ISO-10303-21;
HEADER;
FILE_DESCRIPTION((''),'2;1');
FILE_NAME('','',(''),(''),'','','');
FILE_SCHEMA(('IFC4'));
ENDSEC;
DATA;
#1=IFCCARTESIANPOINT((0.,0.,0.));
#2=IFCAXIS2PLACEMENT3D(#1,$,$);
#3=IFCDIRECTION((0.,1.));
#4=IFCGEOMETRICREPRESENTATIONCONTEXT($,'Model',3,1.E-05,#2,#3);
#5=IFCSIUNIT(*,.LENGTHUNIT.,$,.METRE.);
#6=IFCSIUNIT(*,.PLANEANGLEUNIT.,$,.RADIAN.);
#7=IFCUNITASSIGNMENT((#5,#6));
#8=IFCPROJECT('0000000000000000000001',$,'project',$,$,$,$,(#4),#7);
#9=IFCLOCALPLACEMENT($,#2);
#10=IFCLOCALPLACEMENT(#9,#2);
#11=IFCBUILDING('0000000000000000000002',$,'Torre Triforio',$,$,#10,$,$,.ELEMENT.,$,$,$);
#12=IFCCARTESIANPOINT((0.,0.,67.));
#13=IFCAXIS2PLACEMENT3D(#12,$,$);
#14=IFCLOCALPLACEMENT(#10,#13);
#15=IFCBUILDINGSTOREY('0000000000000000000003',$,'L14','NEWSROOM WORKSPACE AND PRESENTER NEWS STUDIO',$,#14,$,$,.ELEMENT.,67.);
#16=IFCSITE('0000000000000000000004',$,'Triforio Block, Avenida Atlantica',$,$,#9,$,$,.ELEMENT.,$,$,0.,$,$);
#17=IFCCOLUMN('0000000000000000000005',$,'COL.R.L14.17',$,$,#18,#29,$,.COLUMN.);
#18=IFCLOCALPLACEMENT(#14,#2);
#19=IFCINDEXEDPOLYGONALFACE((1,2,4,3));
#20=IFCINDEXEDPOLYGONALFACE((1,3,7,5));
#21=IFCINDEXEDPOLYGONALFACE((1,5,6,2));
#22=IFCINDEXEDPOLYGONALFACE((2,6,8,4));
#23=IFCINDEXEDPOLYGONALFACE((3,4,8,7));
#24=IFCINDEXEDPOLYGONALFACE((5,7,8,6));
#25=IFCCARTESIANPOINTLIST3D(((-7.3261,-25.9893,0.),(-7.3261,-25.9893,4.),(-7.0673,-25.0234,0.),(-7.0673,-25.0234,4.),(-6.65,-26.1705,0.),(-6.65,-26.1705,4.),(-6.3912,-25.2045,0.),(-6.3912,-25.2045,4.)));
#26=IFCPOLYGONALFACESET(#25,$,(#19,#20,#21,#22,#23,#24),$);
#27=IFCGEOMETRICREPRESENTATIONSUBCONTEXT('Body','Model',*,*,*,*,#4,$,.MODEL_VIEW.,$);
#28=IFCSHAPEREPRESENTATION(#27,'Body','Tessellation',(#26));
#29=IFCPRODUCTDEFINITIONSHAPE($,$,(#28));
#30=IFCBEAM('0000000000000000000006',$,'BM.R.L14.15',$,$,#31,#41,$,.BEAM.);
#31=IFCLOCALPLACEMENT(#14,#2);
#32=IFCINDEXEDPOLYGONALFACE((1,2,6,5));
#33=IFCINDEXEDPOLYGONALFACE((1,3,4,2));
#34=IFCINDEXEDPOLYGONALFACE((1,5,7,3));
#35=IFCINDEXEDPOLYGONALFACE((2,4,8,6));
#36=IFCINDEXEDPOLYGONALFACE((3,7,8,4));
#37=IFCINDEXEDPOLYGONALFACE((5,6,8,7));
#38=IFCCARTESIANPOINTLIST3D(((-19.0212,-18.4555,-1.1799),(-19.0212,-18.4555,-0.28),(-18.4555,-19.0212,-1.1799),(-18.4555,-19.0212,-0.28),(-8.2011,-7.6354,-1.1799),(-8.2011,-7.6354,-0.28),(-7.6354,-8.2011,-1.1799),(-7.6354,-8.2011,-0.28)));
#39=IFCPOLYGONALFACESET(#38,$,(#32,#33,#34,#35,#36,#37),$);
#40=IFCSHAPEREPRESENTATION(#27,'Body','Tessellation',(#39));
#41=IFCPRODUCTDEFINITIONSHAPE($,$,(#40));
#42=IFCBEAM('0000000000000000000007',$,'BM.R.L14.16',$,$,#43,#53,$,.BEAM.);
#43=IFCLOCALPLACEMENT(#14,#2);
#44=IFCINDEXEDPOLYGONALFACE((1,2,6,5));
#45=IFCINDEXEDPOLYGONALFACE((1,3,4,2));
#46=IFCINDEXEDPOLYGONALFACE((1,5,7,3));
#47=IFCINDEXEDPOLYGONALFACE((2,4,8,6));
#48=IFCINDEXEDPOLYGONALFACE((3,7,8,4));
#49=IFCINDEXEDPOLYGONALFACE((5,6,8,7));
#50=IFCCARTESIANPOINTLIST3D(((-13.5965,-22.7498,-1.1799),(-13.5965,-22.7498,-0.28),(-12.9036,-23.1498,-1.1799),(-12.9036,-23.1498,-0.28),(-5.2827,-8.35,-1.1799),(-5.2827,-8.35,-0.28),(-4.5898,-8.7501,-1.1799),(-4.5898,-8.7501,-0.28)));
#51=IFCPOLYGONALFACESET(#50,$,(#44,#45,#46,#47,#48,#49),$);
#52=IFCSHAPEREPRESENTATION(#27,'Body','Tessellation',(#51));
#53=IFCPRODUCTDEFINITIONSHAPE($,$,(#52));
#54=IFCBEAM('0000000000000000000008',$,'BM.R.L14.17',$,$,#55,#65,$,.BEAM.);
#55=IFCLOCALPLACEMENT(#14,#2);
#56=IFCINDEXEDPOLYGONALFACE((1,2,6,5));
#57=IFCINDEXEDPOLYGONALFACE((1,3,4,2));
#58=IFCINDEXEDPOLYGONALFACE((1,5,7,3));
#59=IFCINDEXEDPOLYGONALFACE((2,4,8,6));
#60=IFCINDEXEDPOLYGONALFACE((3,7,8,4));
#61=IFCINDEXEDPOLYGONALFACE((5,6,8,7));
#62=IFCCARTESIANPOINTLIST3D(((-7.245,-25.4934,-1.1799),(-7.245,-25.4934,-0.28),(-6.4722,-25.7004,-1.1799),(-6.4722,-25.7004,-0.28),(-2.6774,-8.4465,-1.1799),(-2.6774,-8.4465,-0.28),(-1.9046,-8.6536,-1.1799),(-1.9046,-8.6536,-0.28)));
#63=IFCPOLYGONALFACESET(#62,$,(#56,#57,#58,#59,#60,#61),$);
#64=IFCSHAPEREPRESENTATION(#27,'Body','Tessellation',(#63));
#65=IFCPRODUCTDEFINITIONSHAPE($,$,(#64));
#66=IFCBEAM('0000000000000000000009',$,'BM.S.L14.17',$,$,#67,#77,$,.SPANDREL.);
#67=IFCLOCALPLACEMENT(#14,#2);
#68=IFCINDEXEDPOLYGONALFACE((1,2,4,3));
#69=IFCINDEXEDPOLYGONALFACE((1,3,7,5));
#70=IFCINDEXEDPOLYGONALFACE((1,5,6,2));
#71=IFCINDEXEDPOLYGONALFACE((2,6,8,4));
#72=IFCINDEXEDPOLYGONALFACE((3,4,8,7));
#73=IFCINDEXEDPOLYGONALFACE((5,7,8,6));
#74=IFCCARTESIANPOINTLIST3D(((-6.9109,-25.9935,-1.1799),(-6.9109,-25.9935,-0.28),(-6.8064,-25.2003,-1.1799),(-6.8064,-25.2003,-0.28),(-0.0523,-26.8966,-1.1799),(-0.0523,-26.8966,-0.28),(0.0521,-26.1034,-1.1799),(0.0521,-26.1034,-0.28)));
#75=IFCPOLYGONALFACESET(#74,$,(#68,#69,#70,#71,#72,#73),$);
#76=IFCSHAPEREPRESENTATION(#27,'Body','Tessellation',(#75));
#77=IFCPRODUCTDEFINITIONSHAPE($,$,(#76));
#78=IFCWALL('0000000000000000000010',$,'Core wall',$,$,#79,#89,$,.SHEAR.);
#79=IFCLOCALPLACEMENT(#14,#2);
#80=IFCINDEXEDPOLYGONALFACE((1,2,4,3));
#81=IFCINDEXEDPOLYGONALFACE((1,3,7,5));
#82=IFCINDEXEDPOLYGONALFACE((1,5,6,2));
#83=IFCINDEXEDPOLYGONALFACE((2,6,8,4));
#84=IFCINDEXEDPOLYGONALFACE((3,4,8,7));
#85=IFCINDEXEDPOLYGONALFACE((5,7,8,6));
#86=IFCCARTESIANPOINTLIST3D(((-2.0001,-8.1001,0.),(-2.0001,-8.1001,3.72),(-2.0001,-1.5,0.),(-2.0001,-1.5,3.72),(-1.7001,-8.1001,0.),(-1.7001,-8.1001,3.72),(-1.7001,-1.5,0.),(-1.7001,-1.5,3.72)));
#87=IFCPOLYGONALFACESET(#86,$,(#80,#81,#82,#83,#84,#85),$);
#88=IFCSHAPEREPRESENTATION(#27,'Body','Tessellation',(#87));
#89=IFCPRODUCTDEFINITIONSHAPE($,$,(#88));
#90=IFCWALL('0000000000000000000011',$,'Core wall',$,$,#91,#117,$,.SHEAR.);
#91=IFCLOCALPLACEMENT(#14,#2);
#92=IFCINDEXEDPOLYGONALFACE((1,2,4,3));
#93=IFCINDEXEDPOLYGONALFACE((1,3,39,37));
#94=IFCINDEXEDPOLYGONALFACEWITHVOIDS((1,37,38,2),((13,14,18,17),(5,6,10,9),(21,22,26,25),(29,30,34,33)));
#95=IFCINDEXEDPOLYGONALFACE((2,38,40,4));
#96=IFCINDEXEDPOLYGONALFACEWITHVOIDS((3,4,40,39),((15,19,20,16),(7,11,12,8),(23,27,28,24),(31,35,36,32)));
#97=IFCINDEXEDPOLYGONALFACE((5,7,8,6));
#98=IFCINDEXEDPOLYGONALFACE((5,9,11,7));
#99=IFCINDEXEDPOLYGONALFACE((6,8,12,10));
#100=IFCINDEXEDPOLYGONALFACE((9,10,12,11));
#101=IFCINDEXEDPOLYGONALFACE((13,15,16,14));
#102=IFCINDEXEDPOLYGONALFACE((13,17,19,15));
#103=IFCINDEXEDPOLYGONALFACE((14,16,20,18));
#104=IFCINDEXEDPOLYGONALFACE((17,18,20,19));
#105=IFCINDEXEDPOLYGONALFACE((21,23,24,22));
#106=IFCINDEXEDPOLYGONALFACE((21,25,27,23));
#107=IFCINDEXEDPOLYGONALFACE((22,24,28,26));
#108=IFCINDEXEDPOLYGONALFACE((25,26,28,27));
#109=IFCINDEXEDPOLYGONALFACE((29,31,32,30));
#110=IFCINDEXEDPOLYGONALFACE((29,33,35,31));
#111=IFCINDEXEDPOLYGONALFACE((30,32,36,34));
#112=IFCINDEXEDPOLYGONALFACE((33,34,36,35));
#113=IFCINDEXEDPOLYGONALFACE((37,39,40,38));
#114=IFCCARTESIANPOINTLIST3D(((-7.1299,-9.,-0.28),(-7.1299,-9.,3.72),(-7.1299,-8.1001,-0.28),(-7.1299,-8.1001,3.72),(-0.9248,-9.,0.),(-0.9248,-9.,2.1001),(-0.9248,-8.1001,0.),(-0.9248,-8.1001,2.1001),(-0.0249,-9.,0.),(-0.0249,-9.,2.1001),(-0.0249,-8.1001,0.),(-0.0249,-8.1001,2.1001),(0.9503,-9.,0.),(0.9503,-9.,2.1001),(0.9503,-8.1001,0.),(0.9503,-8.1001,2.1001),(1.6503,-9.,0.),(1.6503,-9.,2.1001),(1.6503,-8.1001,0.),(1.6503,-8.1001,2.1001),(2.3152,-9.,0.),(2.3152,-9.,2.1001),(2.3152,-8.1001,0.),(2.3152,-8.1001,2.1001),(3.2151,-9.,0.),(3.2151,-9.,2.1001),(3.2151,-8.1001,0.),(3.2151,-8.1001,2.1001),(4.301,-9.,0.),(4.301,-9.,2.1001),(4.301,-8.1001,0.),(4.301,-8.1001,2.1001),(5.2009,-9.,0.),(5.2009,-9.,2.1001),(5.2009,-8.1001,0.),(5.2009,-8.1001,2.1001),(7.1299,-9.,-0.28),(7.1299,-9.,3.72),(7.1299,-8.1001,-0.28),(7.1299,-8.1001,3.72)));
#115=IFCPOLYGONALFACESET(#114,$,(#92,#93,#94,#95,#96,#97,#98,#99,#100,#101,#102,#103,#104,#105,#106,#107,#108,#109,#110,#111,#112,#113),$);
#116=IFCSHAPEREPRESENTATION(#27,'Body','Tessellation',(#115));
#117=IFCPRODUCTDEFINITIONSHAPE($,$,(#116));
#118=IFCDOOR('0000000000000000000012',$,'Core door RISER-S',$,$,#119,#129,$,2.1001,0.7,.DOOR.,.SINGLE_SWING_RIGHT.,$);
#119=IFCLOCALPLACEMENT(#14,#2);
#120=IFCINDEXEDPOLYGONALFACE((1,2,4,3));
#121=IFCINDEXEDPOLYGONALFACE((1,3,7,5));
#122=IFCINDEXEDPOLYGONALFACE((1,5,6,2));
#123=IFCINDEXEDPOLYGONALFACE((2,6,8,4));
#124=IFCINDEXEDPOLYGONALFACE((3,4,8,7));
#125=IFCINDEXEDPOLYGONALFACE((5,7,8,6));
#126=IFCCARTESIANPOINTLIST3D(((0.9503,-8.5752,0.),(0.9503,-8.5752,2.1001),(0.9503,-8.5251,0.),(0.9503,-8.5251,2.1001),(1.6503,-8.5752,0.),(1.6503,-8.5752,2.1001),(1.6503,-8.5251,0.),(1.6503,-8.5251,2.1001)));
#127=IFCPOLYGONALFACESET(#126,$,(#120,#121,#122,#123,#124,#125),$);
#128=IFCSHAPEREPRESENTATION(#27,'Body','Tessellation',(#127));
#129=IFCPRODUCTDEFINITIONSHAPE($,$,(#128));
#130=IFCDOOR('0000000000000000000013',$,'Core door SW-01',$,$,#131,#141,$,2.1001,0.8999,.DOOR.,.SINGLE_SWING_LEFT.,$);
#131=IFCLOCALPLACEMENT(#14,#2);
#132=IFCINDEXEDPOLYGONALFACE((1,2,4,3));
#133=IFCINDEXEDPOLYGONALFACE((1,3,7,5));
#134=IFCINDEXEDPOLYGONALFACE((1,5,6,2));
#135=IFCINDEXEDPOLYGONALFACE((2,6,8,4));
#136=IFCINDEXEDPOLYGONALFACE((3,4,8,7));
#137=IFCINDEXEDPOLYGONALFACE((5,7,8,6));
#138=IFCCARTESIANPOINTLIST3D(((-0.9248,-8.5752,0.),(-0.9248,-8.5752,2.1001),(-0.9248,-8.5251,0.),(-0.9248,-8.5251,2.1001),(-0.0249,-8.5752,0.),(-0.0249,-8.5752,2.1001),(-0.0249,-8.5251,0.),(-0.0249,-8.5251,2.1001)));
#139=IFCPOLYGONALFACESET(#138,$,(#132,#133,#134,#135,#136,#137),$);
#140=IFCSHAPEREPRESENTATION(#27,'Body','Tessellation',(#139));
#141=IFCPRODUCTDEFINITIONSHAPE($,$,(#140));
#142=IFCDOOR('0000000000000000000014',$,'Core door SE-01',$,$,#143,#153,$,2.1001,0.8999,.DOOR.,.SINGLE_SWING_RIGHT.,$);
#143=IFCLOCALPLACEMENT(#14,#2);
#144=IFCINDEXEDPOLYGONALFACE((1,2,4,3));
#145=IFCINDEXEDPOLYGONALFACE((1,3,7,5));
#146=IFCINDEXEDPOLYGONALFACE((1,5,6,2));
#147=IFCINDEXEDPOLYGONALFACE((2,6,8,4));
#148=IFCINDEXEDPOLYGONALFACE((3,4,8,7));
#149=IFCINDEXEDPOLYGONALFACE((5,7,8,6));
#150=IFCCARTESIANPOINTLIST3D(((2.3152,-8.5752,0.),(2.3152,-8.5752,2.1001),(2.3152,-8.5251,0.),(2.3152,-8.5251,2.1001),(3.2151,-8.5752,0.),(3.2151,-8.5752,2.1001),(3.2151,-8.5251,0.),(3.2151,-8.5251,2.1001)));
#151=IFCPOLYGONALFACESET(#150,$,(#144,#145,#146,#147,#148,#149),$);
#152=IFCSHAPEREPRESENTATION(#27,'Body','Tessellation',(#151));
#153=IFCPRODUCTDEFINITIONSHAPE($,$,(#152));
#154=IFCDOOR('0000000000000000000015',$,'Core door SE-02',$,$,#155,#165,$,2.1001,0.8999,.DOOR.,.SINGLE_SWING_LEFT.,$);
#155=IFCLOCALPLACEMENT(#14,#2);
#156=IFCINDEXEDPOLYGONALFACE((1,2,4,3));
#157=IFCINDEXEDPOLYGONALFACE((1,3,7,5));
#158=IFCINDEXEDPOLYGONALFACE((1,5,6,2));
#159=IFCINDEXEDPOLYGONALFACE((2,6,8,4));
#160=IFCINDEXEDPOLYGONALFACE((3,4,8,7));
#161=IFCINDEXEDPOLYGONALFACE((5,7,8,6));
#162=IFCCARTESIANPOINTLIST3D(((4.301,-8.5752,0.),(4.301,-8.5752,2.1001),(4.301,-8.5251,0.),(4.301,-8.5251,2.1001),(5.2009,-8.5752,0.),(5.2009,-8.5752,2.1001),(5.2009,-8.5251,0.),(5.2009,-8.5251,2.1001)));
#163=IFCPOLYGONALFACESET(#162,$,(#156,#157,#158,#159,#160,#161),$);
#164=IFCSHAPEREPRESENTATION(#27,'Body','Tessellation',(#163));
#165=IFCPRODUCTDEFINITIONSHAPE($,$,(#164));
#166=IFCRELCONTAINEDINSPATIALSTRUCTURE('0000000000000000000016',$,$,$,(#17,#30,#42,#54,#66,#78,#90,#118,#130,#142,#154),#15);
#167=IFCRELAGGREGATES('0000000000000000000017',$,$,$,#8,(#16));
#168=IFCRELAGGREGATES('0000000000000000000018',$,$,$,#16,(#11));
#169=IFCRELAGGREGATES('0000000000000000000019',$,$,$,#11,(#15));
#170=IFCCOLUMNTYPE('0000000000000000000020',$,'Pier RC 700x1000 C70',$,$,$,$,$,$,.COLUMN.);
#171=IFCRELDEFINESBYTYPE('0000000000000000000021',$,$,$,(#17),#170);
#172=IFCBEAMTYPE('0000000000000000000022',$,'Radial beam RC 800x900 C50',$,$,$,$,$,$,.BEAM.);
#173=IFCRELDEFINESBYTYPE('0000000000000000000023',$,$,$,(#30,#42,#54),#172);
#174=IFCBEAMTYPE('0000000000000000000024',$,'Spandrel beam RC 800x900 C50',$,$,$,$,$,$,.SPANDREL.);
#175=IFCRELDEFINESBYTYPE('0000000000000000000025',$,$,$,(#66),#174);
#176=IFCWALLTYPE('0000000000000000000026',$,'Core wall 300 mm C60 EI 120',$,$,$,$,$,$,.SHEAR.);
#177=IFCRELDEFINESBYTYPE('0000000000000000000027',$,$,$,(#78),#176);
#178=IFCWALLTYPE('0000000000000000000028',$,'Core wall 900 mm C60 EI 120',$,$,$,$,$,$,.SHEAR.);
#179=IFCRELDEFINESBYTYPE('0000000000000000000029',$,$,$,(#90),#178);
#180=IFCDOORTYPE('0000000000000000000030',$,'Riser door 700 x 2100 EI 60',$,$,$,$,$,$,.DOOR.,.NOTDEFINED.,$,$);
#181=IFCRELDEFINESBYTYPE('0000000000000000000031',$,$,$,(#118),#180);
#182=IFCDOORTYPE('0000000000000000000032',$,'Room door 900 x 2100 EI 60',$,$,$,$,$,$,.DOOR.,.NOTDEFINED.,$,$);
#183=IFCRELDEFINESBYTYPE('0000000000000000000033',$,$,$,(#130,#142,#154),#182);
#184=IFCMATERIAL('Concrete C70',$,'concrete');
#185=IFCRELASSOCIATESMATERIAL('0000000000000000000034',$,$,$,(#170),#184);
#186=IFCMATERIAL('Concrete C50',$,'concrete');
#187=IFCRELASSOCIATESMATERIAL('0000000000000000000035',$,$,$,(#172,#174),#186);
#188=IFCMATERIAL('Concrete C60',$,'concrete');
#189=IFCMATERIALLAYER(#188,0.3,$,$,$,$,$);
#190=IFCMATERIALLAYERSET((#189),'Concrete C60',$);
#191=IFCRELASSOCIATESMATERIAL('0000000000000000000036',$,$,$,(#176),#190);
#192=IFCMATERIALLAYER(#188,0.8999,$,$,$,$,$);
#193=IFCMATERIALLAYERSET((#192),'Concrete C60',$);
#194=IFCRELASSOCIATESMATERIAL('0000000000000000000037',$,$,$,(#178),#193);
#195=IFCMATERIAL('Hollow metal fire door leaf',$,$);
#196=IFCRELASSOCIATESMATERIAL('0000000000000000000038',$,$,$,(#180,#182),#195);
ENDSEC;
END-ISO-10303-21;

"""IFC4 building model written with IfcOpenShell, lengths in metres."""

from ifc_helpers import new_model, si_unit, direction, frame, frame_2d, origin, origin_2d, place, context, subcontext, project, spatial, rectangle, extrude, material, layer, layer_set, material_profile, profile_set, type_object, element, fill, save


model = new_model("IFC4")

# Units and contexts
model_context = context("Model", 3, precision=1e-05, world=origin(), true_north=direction((0.0, 1.0)))
body_context = subcontext(model_context, "Body", "Model", "MODEL_VIEW")
ifc_project = project(units=[si_unit("LENGTHUNIT", "METRE"), si_unit("PLANEANGLEUNIT", "RADIAN")], contexts=[model_context])

# Site, building, storey
site_placement = place(None, origin())
site = spatial("IfcSite", under=ifc_project, at=site_placement, Name="Triforio Block, Avenida Atlantica", CompositionType="ELEMENT", RefElevation=0.0)
building_placement = place(site_placement, origin())
building = spatial("IfcBuilding", under=site, at=building_placement, Name="Torre Triforio", CompositionType="ELEMENT")
storey_placement = place(building_placement, frame((0.0, 0.0, 67.0)))
storey = spatial("IfcBuildingStorey", under=building, at=storey_placement, Name="L14", Description="NEWSROOM WORKSPACE AND PRESENTER NEWS STUDIO", CompositionType="ELEMENT", Elevation=67.0)

# Column
ifc_material_1 = material(Name="Concrete C70", Category="concrete")
ifc_material_profile_1 = material_profile(ifc_material_1, rectangle(XDim=0.7, YDim=1.0, at=origin_2d()), Name="RC 700x1000")
ifc_profile_set_1 = profile_set([ifc_material_profile_1], Name="Concrete C70")
column_type = type_object("IfcColumnType", Name="Pier RC 700x1000 C70", PredefinedType="COLUMN", material=ifc_profile_set_1)
column_placement = place(storey_placement, frame((-6.8586, -25.5969, 0.0), z_axis=(0.0, 0.0, 1.0), x_axis=(0.965926, -0.258819, 0.0)))
element("IfcColumn", 1, at=column_placement, inside=storey, type_object=column_type, Name="COL.R.L14.17", PredefinedType="COLUMN", context=body_context, shape_type="SweptSolid", body=[
    extrude(rectangle(XDim=0.7, YDim=1.0, at=origin_2d()), origin(), (0.0, 0.0, 1.0), 4.0),
])

# Beams
ifc_material_2 = material(Name="Concrete C50", Category="concrete")
ifc_material_profile_2 = material_profile(ifc_material_2, rectangle(XDim=0.8, YDim=0.8999, at=origin_2d()), Name="RC 800x900")
ifc_profile_set_2 = profile_set([ifc_material_profile_2], Name="Concrete C50")
beam_type_1 = type_object("IfcBeamType", Name="Radial beam RC 800x900 C50", PredefinedType="BEAM", material=ifc_profile_set_2)
beam_1_placement = place(storey_placement, frame((-7.9182, -7.9182, -0.73), z_axis=(-0.707107, -0.707107, 0.0), x_axis=(0.707107, -0.707107, 0.0)))
element("IfcBeam", 2, at=beam_1_placement, inside=storey, type_object=beam_type_1, Name="BM.R.L14.15", PredefinedType="BEAM", context=body_context, shape_type="SweptSolid", body=[
    extrude(rectangle(XDim=0.8, YDim=0.8999, at=origin_2d()), origin(), (0.0, 0.0, 1.0), 15.302),
])
beam_2_placement = place(storey_placement, frame((-4.9363, -8.55, -0.73), z_axis=(-0.500003, -0.866023, 0.0), x_axis=(0.866023, -0.500003, 0.0)))
element("IfcBeam", 3, at=beam_2_placement, inside=storey, type_object=beam_type_1, Name="BM.R.L14.16", PredefinedType="BEAM", context=body_context, shape_type="SweptSolid", body=[
    extrude(rectangle(XDim=0.8, YDim=0.8999, at=origin_2d()), origin(), (0.0, 0.0, 1.0), 16.6274),
])
beam_3_placement = place(storey_placement, frame((-2.291, -8.55, -0.73), z_axis=(-0.258815, -0.965927, 0.0), x_axis=(0.965927, -0.258815, 0.0)))
element("IfcBeam", 4, at=beam_3_placement, inside=storey, type_object=beam_type_1, Name="BM.R.L14.17", PredefinedType="BEAM", context=body_context, shape_type="SweptSolid", body=[
    extrude(rectangle(XDim=0.8, YDim=0.8999, at=origin_2d()), origin(), (0.0, 0.0, 1.0), 17.6482),
])
ifc_material_profile_3 = material_profile(ifc_material_2, rectangle(XDim=0.8, YDim=0.8999, at=origin_2d()), Name="RC 800x900")
ifc_profile_set_3 = profile_set([ifc_material_profile_3], Name="Concrete C50")
beam_type_2 = type_object("IfcBeamType", Name="Spandrel beam RC 800x900 C50", PredefinedType="SPANDREL", material=ifc_profile_set_3)
beam_4_placement = place(storey_placement, frame((-6.8586, -25.5969, -0.73), z_axis=(0.991443, -0.130543, 0.0), x_axis=(0.130543, 0.991443, 0.0)))
element("IfcBeam", 5, at=beam_4_placement, inside=storey, type_object=beam_type_2, Name="BM.S.L14.17", PredefinedType="SPANDREL", context=body_context, shape_type="SweptSolid", body=[
    extrude(rectangle(XDim=0.8, YDim=0.8999, at=origin_2d()), origin(), (0.0, 0.0, 1.0), 6.9177),
])

# Wall
ifc_material_3 = material(Name="Concrete C60", Category="concrete")
ifc_layer_1 = layer(ifc_material_3, 0.3)
ifc_layer_set_1 = layer_set([ifc_layer_1], Name="Concrete C60")
wall_type_1 = type_object("IfcWallType", Name="Core wall 300 mm C60 EI 120", PredefinedType="SHEAR", material=ifc_layer_set_1)
wall_1_placement = place(storey_placement, frame((-1.8501, -8.1001, 0.0), z_axis=(0.0, 0.0, 1.0), x_axis=(0.0, 1.0, 0.0)))
element("IfcWall", 6, at=wall_1_placement, inside=storey, type_object=wall_type_1, Name="Core wall", PredefinedType="SHEAR", context=body_context, shape_type="SweptSolid", body=[
    extrude(rectangle(XDim=6.6001, YDim=0.3, at=frame_2d((3.3, 0.0))), origin(), (0.0, 0.0, 1.0), 3.72),
])

# Wall, openings, doors
ifc_layer_2 = layer(ifc_material_3, 0.8999)
ifc_layer_set_2 = layer_set([ifc_layer_2], Name="Concrete C60")
wall_type_2 = type_object("IfcWallType", Name="Core wall 900 mm C60 EI 120", PredefinedType="SHEAR", material=ifc_layer_set_2)
wall_2_placement = place(storey_placement, frame((-7.1299, -8.55, -0.28), z_axis=(0.0, 0.0, 1.0), x_axis=(1.0, 0.0, 0.0)))
wall_2 = element("IfcWall", 7, at=wall_2_placement, inside=storey, type_object=wall_type_2, Name="Core wall", PredefinedType="SHEAR", context=body_context, shape_type="SweptSolid", body=[
    extrude(rectangle(XDim=14.2598, YDim=0.8999, at=frame_2d((7.1299, 0.0))), origin(), (0.0, 0.0, 1.0), 4.0),
])
opening_1_placement = place(wall_2_placement, frame((8.0801, 0.0, 0.28)))
opening_1 = element("IfcOpeningElement", 8, at=opening_1_placement, cuts=wall_2, PredefinedType="OPENING", context=body_context, shape_type="SweptSolid", body=[
    extrude(rectangle(XDim=0.7, YDim=2.1001, at=frame_2d((0.3501, 1.05))), frame((0.0, 0.46, 0.0), z_axis=(0.0, -1.0, 0.0), x_axis=(1.0, 0.0, 0.0)), (0.0, 0.0, 1.0), 0.9199),
])
opening_2_placement = place(wall_2_placement, frame((6.2051, 0.0, 0.28)))
opening_2 = element("IfcOpeningElement", 9, at=opening_2_placement, cuts=wall_2, PredefinedType="OPENING", context=body_context, shape_type="SweptSolid", body=[
    extrude(rectangle(XDim=0.8999, YDim=2.1001, at=frame_2d((0.45, 1.05))), frame((0.0, 0.46, 0.0), z_axis=(0.0, -1.0, 0.0), x_axis=(1.0, 0.0, 0.0)), (0.0, 0.0, 1.0), 0.9199),
])
opening_3_placement = place(wall_2_placement, frame((9.4451, 0.0, 0.28)))
opening_3 = element("IfcOpeningElement", 10, at=opening_3_placement, cuts=wall_2, PredefinedType="OPENING", context=body_context, shape_type="SweptSolid", body=[
    extrude(rectangle(XDim=0.8999, YDim=2.1001, at=frame_2d((0.45, 1.05))), frame((0.0, 0.46, 0.0), z_axis=(0.0, -1.0, 0.0), x_axis=(1.0, 0.0, 0.0)), (0.0, 0.0, 1.0), 0.9199),
])
opening_4_placement = place(wall_2_placement, frame((11.4309, 0.0, 0.28)))
opening_4 = element("IfcOpeningElement", 11, at=opening_4_placement, cuts=wall_2, PredefinedType="OPENING", context=body_context, shape_type="SweptSolid", body=[
    extrude(rectangle(XDim=0.8999, YDim=2.1001, at=frame_2d((0.45, 1.05))), frame((0.0, 0.46, 0.0), z_axis=(0.0, -1.0, 0.0), x_axis=(1.0, 0.0, 0.0)), (0.0, 0.0, 1.0), 0.9199),
])
ifc_material_4 = material(Name="Hollow metal fire door leaf")
door_type_1 = type_object("IfcDoorType", Name="Riser door 700 x 2100 EI 60", OperationType="NOTDEFINED", PredefinedType="DOOR", material=ifc_material_4)
door_1_placement = place(opening_1_placement, origin())
door_1 = element("IfcDoor", 12, at=door_1_placement, inside=storey, type_object=door_type_1, Name="Core door RISER-S", OperationType="SINGLE_SWING_RIGHT", OverallHeight=2.1001, OverallWidth=0.7, PredefinedType="DOOR", context=body_context, shape_type="SweptSolid", body=[
    extrude(rectangle(XDim=0.7, YDim=2.1001, at=frame_2d((0.3501, 1.05))), frame((0.0, 0.0249, 0.0), z_axis=(0.0, -1.0, 0.0), x_axis=(1.0, 0.0, 0.0)), (0.0, 0.0, 1.0), 0.05),
])
fill(opening_1, door_1)
door_type_2 = type_object("IfcDoorType", Name="Room door 900 x 2100 EI 60", OperationType="NOTDEFINED", PredefinedType="DOOR", material=ifc_material_4)
door_2_placement = place(opening_2_placement, origin())
door_2 = element("IfcDoor", 13, at=door_2_placement, inside=storey, type_object=door_type_2, Name="Core door SW-01", OperationType="SINGLE_SWING_LEFT", OverallHeight=2.1001, OverallWidth=0.8999, PredefinedType="DOOR", context=body_context, shape_type="SweptSolid", body=[
    extrude(rectangle(XDim=0.8999, YDim=2.1001, at=frame_2d((0.45, 1.05))), frame((0.0, 0.0249, 0.0), z_axis=(0.0, -1.0, 0.0), x_axis=(1.0, 0.0, 0.0)), (0.0, 0.0, 1.0), 0.05),
])
fill(opening_2, door_2)
door_3_placement = place(opening_3_placement, origin())
door_3 = element("IfcDoor", 14, at=door_3_placement, inside=storey, type_object=door_type_2, Name="Core door SE-01", OperationType="SINGLE_SWING_RIGHT", OverallHeight=2.1001, OverallWidth=0.8999, PredefinedType="DOOR", context=body_context, shape_type="SweptSolid", body=[
    extrude(rectangle(XDim=0.8999, YDim=2.1001, at=frame_2d((0.45, 1.05))), frame((0.0, 0.0249, 0.0), z_axis=(0.0, -1.0, 0.0), x_axis=(1.0, 0.0, 0.0)), (0.0, 0.0, 1.0), 0.05),
])
fill(opening_3, door_3)
door_4_placement = place(opening_4_placement, origin())
door_4 = element("IfcDoor", 15, at=door_4_placement, inside=storey, type_object=door_type_2, Name="Core door SE-02", OperationType="SINGLE_SWING_LEFT", OverallHeight=2.1001, OverallWidth=0.8999, PredefinedType="DOOR", context=body_context, shape_type="SweptSolid", body=[
    extrude(rectangle(XDim=0.8999, YDim=2.1001, at=frame_2d((0.45, 1.05))), frame((0.0, 0.0249, 0.0), z_axis=(0.0, -1.0, 0.0), x_axis=(1.0, 0.0, 0.0)), (0.0, 0.0, 1.0), 0.05),
])
fill(opening_4, door_4)

save(model, "model.ifc")
